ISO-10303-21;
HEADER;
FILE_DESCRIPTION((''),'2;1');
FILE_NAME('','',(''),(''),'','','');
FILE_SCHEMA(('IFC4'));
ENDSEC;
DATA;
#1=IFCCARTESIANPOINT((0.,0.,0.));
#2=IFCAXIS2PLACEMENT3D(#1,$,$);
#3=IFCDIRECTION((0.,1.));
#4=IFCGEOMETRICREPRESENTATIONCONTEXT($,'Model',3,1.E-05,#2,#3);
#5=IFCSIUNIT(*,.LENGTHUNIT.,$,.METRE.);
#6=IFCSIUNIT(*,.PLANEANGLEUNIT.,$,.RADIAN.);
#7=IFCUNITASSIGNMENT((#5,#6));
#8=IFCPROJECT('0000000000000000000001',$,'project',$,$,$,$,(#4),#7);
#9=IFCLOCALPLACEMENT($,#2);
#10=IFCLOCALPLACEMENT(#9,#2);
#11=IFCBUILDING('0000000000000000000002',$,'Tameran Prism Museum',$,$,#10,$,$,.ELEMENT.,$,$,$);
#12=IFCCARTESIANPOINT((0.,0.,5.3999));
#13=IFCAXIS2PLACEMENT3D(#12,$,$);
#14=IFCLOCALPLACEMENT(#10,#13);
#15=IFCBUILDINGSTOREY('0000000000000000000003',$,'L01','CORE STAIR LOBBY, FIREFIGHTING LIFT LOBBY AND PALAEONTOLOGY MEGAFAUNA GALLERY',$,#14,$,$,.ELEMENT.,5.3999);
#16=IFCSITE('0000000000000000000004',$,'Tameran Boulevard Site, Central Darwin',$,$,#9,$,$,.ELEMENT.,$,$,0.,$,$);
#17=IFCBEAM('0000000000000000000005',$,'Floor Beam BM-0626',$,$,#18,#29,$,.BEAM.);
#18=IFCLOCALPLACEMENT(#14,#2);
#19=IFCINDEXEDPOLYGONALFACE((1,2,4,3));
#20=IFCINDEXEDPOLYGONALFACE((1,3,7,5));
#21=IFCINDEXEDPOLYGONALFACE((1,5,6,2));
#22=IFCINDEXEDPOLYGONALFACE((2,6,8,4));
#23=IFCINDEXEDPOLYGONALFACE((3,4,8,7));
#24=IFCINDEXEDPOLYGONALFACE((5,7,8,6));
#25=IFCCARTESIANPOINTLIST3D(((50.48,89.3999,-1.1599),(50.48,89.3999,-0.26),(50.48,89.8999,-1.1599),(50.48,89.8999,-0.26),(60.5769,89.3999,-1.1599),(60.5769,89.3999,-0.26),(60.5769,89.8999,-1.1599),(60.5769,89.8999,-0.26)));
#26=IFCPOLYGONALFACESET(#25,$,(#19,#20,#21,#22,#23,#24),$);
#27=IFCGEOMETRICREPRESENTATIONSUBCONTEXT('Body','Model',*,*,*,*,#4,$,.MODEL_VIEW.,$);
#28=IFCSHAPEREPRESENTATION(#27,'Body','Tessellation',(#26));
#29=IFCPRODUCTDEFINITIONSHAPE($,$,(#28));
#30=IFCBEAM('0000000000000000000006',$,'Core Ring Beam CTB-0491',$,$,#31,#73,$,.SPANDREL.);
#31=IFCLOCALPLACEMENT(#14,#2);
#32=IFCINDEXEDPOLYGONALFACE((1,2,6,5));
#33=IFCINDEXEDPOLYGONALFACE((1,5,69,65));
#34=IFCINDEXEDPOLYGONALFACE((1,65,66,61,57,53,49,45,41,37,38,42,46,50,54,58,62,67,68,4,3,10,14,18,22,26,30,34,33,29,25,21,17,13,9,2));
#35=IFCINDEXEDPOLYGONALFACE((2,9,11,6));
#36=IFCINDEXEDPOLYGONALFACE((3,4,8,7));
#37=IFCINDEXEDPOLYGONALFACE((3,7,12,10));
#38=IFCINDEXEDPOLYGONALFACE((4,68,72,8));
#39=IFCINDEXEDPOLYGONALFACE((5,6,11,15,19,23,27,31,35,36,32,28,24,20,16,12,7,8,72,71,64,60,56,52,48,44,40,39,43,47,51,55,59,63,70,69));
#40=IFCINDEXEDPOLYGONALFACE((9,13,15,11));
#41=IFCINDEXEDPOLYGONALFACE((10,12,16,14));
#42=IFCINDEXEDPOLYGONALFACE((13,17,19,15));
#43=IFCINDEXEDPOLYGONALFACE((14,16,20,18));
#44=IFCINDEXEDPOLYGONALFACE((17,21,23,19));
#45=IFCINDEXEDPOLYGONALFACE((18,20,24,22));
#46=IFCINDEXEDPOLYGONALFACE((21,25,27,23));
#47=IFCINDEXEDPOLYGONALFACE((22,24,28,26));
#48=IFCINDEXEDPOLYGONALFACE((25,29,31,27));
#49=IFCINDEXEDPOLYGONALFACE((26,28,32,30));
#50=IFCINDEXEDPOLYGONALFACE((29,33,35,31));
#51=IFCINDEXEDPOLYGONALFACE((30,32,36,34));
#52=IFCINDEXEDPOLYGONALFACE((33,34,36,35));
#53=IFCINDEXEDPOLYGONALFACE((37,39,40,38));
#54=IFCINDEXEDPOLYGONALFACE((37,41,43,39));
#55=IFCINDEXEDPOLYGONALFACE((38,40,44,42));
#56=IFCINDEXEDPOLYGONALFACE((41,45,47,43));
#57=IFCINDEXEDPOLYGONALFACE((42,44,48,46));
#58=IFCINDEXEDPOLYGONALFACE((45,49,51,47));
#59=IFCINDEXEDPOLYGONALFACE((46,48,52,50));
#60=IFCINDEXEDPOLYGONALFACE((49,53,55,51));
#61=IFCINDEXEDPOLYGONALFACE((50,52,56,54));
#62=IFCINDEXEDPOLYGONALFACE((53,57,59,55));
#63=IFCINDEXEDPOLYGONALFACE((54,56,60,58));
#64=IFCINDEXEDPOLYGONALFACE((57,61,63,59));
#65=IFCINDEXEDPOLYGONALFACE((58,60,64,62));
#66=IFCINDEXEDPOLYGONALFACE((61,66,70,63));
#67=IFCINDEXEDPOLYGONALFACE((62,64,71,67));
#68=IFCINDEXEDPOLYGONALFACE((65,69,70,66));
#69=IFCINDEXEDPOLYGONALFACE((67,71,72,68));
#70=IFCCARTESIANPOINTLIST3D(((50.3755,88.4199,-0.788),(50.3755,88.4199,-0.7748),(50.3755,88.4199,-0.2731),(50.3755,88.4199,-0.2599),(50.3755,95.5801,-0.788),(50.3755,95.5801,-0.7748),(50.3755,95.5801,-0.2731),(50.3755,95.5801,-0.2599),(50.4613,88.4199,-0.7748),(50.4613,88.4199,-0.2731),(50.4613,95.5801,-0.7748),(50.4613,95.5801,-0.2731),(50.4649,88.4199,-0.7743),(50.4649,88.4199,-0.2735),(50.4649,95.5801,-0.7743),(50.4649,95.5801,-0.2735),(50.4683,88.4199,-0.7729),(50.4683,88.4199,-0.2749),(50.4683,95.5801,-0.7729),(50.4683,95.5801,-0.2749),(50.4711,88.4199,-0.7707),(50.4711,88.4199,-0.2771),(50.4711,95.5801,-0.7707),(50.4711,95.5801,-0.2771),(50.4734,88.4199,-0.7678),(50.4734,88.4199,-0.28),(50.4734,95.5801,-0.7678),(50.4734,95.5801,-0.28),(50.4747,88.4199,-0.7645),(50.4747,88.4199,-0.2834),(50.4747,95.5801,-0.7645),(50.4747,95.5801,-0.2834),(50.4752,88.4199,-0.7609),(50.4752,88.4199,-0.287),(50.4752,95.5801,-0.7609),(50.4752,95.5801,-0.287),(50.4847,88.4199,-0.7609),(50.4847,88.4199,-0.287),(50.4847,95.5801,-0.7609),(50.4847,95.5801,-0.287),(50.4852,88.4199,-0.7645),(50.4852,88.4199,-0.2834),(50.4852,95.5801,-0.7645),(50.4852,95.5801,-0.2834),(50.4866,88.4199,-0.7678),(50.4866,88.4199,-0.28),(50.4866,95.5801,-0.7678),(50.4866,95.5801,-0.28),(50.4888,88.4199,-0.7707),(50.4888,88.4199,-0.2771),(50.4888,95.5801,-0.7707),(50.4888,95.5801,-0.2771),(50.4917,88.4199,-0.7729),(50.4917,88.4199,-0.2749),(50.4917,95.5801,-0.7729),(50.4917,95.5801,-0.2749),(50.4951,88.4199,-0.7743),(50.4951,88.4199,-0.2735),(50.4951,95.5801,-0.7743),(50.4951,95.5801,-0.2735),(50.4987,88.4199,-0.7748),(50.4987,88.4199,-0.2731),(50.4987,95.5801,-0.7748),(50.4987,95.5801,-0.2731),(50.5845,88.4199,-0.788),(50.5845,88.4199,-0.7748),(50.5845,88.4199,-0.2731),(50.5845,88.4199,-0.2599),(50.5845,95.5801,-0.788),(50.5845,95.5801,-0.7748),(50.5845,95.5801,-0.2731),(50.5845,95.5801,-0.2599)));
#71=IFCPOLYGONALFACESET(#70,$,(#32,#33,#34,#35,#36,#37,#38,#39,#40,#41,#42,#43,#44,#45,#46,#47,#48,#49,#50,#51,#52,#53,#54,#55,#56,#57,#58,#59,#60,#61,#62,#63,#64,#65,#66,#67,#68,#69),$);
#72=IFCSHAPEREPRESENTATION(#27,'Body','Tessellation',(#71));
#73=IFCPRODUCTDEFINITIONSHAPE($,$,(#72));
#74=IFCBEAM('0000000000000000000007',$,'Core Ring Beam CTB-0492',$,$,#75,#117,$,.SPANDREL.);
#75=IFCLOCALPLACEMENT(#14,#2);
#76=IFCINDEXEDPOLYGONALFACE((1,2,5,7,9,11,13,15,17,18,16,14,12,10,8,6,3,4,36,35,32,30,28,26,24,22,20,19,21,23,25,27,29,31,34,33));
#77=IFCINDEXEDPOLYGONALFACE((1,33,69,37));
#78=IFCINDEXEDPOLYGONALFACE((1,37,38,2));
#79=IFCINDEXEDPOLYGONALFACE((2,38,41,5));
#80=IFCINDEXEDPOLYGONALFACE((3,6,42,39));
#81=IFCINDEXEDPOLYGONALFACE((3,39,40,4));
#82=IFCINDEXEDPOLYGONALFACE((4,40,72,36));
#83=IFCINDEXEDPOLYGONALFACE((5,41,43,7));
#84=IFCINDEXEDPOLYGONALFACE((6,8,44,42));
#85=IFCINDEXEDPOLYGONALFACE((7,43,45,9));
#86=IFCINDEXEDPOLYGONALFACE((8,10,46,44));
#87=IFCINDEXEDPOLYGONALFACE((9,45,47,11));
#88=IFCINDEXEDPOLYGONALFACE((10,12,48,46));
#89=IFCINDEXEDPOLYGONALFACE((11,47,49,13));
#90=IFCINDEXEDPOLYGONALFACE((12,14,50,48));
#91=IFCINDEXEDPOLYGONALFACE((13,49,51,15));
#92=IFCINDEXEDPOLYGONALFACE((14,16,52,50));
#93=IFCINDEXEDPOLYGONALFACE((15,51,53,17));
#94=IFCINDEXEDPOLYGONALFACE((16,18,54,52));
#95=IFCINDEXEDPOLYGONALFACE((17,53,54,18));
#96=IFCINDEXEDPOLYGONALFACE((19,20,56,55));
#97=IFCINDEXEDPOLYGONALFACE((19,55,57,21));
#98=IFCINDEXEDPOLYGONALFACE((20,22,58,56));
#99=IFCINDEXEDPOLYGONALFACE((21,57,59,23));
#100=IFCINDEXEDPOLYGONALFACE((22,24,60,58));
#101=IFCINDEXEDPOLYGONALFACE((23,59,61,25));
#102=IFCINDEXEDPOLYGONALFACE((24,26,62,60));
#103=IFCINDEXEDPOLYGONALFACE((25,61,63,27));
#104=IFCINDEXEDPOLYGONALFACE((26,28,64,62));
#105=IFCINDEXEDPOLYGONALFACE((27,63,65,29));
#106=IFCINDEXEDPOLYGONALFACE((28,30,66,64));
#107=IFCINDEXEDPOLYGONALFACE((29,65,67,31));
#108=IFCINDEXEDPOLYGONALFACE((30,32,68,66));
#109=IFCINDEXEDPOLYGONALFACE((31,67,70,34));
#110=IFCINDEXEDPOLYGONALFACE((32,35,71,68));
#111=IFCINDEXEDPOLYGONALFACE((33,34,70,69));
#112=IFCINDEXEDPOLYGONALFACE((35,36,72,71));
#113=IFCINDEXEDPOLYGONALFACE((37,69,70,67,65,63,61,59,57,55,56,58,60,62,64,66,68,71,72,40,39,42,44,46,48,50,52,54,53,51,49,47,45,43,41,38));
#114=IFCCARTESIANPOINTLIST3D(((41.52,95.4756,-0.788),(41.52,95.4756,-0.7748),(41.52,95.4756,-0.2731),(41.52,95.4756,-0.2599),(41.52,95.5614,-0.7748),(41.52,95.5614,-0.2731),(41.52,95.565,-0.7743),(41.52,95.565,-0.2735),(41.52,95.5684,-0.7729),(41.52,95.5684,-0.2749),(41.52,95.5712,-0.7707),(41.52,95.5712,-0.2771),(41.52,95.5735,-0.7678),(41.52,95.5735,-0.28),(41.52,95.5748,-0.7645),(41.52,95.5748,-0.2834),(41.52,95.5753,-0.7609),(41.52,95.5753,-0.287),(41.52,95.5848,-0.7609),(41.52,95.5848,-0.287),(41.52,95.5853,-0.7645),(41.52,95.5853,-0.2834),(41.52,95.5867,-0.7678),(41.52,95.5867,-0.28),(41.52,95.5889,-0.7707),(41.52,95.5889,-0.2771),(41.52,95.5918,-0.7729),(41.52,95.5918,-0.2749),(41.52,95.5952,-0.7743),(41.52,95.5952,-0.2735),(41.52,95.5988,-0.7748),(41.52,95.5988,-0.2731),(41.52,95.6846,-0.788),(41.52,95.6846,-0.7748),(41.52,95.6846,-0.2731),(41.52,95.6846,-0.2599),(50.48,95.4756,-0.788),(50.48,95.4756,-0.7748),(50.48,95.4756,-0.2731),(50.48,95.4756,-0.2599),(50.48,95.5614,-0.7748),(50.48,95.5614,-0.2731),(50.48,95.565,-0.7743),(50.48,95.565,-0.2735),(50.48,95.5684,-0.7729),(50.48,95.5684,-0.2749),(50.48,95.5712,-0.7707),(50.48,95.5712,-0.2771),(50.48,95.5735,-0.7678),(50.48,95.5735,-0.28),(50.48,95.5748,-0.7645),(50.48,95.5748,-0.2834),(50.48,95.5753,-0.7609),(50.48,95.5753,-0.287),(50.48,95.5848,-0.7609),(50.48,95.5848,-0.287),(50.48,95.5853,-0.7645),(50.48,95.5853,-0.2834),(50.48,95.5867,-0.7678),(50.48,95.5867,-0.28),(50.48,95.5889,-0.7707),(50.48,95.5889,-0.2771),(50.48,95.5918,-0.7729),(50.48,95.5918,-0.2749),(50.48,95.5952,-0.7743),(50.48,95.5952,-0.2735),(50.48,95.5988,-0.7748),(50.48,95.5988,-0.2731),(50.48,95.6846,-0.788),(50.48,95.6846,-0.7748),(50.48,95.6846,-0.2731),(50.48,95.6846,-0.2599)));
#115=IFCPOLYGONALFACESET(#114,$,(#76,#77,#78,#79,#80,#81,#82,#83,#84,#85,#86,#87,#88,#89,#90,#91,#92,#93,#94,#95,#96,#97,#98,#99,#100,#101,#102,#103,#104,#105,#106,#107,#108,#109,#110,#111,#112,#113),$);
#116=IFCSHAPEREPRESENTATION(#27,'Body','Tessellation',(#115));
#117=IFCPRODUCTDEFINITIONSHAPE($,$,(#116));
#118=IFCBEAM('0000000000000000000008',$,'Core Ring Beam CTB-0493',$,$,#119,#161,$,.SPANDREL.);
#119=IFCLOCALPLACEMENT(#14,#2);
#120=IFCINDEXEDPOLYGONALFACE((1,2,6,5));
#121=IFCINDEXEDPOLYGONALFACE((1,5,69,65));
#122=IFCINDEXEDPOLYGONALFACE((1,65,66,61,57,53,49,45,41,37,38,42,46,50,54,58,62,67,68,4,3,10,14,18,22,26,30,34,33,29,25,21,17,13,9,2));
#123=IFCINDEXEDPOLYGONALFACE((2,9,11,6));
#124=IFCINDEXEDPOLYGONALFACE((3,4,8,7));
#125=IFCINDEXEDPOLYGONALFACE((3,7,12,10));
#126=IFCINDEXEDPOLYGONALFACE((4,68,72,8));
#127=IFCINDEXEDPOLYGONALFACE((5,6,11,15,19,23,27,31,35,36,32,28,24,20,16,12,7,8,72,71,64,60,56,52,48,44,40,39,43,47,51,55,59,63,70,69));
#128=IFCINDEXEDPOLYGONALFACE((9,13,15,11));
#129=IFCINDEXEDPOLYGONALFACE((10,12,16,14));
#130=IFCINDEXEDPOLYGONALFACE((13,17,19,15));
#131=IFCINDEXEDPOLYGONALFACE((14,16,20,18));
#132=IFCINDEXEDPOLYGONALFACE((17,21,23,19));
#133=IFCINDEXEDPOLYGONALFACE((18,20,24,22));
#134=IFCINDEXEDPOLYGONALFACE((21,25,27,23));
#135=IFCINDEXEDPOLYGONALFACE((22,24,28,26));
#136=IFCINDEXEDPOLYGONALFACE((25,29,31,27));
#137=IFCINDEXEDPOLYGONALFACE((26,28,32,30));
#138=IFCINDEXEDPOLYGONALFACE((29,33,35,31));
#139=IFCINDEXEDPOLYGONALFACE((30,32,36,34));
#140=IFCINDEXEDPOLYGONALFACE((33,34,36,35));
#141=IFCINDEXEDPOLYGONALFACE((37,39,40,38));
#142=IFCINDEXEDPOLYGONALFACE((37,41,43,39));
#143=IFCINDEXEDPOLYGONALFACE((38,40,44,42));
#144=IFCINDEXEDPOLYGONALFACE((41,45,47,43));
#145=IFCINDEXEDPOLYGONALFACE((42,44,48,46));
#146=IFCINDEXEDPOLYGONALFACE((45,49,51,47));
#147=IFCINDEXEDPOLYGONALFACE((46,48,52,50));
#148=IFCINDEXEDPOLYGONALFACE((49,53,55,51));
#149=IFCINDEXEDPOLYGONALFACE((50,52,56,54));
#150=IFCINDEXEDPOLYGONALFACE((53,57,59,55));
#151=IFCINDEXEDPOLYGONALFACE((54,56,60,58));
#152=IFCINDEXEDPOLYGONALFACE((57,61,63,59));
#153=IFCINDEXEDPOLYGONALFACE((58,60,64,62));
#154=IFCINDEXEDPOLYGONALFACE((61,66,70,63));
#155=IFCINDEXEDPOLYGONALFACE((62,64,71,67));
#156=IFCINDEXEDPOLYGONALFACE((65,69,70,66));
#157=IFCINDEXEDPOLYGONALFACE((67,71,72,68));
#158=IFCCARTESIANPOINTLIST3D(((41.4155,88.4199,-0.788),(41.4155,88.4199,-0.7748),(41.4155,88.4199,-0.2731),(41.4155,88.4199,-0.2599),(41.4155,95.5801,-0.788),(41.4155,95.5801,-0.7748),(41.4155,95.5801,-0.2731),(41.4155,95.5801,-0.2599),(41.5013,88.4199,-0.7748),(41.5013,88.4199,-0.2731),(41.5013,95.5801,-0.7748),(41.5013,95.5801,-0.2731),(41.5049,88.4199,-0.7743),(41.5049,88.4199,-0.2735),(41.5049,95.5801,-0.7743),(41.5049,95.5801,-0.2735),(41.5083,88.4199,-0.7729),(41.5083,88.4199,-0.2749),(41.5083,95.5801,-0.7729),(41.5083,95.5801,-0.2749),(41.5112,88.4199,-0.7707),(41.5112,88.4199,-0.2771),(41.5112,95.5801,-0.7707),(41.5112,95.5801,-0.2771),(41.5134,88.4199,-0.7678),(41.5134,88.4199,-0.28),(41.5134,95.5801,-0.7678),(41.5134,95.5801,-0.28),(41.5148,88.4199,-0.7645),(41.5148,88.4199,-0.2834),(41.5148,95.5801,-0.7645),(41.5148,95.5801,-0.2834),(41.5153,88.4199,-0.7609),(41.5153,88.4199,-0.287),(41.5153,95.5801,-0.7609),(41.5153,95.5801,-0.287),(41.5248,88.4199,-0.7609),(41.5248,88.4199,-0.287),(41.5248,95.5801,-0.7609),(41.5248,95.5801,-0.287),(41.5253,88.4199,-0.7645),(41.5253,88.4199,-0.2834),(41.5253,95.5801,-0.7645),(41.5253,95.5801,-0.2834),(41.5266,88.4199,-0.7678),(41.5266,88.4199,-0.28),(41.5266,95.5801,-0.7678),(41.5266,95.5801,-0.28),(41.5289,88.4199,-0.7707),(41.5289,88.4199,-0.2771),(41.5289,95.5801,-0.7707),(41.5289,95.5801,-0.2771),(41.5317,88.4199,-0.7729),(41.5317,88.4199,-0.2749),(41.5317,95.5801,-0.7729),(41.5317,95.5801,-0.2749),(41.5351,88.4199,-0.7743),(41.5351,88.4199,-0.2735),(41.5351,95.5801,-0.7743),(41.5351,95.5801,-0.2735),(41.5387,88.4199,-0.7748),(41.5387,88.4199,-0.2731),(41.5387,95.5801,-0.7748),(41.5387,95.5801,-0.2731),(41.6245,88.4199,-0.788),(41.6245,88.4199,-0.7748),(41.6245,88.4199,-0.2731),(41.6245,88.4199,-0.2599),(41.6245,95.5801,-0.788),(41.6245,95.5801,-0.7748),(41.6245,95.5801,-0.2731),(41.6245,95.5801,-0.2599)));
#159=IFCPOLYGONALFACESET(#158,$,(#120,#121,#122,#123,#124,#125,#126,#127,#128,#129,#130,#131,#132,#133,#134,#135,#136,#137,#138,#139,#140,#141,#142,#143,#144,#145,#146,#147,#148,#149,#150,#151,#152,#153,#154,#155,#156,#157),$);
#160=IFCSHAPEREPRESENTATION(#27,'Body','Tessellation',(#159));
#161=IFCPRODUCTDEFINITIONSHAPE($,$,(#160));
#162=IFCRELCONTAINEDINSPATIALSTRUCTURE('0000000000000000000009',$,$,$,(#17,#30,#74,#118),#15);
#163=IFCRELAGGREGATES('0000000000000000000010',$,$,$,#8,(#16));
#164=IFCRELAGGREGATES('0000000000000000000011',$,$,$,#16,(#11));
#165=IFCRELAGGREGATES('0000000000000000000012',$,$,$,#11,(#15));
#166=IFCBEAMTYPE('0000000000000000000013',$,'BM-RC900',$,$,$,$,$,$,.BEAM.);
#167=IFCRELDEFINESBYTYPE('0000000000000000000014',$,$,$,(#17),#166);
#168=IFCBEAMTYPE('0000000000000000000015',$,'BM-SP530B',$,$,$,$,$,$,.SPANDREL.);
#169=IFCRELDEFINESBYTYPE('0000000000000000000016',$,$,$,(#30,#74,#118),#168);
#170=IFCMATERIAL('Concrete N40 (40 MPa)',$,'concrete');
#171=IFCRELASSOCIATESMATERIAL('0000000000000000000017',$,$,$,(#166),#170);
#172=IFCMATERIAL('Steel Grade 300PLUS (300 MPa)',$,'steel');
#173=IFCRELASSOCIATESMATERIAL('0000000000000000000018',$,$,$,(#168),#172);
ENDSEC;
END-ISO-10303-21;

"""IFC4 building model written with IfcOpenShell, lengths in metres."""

from ifc_helpers import new_model, si_unit, direction, frame, origin, origin_2d, place, context, subcontext, project, spatial, rectangle, i_section, extrude, material, material_profile, profile_set, type_object, element, save


model = new_model("IFC4")

# Units and contexts
model_context = context("Model", 3, precision=1e-05, world=origin(), true_north=direction((0.0, 1.0)))
body_context = subcontext(model_context, "Body", "Model", "MODEL_VIEW")
ifc_project = project(units=[si_unit("LENGTHUNIT", "METRE"), si_unit("PLANEANGLEUNIT", "RADIAN")], contexts=[model_context])

# Site, building, storey
site_placement = place(None, origin())
site = spatial("IfcSite", under=ifc_project, at=site_placement, Name="Tameran Boulevard Site, Central Darwin", CompositionType="ELEMENT", RefElevation=0.0)
building_placement = place(site_placement, origin())
building = spatial("IfcBuilding", under=site, at=building_placement, Name="Tameran Prism Museum", CompositionType="ELEMENT")
storey_placement = place(building_placement, frame((0.0, 0.0, 5.3999)))
storey = spatial("IfcBuildingStorey", under=building, at=storey_placement, Name="L01", Description="CORE STAIR LOBBY, FIREFIGHTING LIFT LOBBY AND PALAEONTOLOGY MEGAFAUNA GALLERY", CompositionType="ELEMENT", Elevation=5.3999)

# Beams
ifc_material_1 = material(Name="Concrete N40 (40 MPa)", Category="concrete")
ifc_material_profile_1 = material_profile(ifc_material_1, rectangle(XDim=0.5, YDim=0.8999, at=origin_2d()))
ifc_profile_set_1 = profile_set([ifc_material_profile_1])
beam_type_1 = type_object("IfcBeamType", Name="BM-RC900", PredefinedType="BEAM", material=ifc_profile_set_1)
beam_1_placement = place(storey_placement, frame((50.48, 89.6499, -0.71), z_axis=(1.0, 0.0, 0.0), x_axis=(0.0, 1.0, 0.0)))
element("IfcBeam", 1, at=beam_1_placement, inside=storey, type_object=beam_type_1, Name="Floor Beam BM-0626", PredefinedType="BEAM", context=body_context, shape_type="SweptSolid", body=[
    extrude(rectangle(XDim=0.5, YDim=0.8999, at=origin_2d()), origin(), (0.0, 0.0, 1.0), 10.0969),
])
ifc_material_2 = material(Name="Steel Grade 300PLUS (300 MPa)", Category="steel")
ifc_material_profile_2 = material_profile(ifc_material_2, i_section(OverallWidth=0.209, OverallDepth=0.5281, WebThickness=0.0095, FlangeThickness=0.0132, FilletRadius=0.0139, at=origin_2d()))
ifc_profile_set_2 = profile_set([ifc_material_profile_2])
beam_type_2 = type_object("IfcBeamType", Name="BM-SP530B", PredefinedType="SPANDREL", material=ifc_profile_set_2)
beam_2_placement = place(storey_placement, frame((50.48, 88.4199, -0.5239), z_axis=(0.0, 1.0, 0.0), x_axis=(-1.0, 0.0, 0.0)))
element("IfcBeam", 2, at=beam_2_placement, inside=storey, type_object=beam_type_2, Name="Core Ring Beam CTB-0491", PredefinedType="SPANDREL", context=body_context, shape_type="SweptSolid", body=[
    extrude(i_section(OverallWidth=0.209, OverallDepth=0.5281, WebThickness=0.0095, FlangeThickness=0.0132, FilletRadius=0.0139, at=origin_2d()), origin(), (0.0, 0.0, 1.0), 7.1602),
])
beam_3_placement = place(storey_placement, frame((50.48, 95.5801, -0.5239), z_axis=(-1.0, 0.0, 0.0), x_axis=(0.0, -1.0, 0.0)))
element("IfcBeam", 3, at=beam_3_placement, inside=storey, type_object=beam_type_2, Name="Core Ring Beam CTB-0492", PredefinedType="SPANDREL", context=body_context, shape_type="SweptSolid", body=[
    extrude(i_section(OverallWidth=0.209, OverallDepth=0.5281, WebThickness=0.0095, FlangeThickness=0.0132, FilletRadius=0.0139, at=origin_2d()), origin(), (0.0, 0.0, 1.0), 8.96),
])
beam_4_placement = place(storey_placement, frame((41.52, 95.5801, -0.5239), z_axis=(0.0, -1.0, 0.0), x_axis=(1.0, 0.0, 0.0)))
element("IfcBeam", 4, at=beam_4_placement, inside=storey, type_object=beam_type_2, Name="Core Ring Beam CTB-0493", PredefinedType="SPANDREL", context=body_context, shape_type="SweptSolid", body=[
    extrude(i_section(OverallWidth=0.209, OverallDepth=0.5281, WebThickness=0.0095, FlangeThickness=0.0132, FilletRadius=0.0139, at=origin_2d()), origin(), (0.0, 0.0, 1.0), 7.1602),
])

save(model, "model.ifc")
